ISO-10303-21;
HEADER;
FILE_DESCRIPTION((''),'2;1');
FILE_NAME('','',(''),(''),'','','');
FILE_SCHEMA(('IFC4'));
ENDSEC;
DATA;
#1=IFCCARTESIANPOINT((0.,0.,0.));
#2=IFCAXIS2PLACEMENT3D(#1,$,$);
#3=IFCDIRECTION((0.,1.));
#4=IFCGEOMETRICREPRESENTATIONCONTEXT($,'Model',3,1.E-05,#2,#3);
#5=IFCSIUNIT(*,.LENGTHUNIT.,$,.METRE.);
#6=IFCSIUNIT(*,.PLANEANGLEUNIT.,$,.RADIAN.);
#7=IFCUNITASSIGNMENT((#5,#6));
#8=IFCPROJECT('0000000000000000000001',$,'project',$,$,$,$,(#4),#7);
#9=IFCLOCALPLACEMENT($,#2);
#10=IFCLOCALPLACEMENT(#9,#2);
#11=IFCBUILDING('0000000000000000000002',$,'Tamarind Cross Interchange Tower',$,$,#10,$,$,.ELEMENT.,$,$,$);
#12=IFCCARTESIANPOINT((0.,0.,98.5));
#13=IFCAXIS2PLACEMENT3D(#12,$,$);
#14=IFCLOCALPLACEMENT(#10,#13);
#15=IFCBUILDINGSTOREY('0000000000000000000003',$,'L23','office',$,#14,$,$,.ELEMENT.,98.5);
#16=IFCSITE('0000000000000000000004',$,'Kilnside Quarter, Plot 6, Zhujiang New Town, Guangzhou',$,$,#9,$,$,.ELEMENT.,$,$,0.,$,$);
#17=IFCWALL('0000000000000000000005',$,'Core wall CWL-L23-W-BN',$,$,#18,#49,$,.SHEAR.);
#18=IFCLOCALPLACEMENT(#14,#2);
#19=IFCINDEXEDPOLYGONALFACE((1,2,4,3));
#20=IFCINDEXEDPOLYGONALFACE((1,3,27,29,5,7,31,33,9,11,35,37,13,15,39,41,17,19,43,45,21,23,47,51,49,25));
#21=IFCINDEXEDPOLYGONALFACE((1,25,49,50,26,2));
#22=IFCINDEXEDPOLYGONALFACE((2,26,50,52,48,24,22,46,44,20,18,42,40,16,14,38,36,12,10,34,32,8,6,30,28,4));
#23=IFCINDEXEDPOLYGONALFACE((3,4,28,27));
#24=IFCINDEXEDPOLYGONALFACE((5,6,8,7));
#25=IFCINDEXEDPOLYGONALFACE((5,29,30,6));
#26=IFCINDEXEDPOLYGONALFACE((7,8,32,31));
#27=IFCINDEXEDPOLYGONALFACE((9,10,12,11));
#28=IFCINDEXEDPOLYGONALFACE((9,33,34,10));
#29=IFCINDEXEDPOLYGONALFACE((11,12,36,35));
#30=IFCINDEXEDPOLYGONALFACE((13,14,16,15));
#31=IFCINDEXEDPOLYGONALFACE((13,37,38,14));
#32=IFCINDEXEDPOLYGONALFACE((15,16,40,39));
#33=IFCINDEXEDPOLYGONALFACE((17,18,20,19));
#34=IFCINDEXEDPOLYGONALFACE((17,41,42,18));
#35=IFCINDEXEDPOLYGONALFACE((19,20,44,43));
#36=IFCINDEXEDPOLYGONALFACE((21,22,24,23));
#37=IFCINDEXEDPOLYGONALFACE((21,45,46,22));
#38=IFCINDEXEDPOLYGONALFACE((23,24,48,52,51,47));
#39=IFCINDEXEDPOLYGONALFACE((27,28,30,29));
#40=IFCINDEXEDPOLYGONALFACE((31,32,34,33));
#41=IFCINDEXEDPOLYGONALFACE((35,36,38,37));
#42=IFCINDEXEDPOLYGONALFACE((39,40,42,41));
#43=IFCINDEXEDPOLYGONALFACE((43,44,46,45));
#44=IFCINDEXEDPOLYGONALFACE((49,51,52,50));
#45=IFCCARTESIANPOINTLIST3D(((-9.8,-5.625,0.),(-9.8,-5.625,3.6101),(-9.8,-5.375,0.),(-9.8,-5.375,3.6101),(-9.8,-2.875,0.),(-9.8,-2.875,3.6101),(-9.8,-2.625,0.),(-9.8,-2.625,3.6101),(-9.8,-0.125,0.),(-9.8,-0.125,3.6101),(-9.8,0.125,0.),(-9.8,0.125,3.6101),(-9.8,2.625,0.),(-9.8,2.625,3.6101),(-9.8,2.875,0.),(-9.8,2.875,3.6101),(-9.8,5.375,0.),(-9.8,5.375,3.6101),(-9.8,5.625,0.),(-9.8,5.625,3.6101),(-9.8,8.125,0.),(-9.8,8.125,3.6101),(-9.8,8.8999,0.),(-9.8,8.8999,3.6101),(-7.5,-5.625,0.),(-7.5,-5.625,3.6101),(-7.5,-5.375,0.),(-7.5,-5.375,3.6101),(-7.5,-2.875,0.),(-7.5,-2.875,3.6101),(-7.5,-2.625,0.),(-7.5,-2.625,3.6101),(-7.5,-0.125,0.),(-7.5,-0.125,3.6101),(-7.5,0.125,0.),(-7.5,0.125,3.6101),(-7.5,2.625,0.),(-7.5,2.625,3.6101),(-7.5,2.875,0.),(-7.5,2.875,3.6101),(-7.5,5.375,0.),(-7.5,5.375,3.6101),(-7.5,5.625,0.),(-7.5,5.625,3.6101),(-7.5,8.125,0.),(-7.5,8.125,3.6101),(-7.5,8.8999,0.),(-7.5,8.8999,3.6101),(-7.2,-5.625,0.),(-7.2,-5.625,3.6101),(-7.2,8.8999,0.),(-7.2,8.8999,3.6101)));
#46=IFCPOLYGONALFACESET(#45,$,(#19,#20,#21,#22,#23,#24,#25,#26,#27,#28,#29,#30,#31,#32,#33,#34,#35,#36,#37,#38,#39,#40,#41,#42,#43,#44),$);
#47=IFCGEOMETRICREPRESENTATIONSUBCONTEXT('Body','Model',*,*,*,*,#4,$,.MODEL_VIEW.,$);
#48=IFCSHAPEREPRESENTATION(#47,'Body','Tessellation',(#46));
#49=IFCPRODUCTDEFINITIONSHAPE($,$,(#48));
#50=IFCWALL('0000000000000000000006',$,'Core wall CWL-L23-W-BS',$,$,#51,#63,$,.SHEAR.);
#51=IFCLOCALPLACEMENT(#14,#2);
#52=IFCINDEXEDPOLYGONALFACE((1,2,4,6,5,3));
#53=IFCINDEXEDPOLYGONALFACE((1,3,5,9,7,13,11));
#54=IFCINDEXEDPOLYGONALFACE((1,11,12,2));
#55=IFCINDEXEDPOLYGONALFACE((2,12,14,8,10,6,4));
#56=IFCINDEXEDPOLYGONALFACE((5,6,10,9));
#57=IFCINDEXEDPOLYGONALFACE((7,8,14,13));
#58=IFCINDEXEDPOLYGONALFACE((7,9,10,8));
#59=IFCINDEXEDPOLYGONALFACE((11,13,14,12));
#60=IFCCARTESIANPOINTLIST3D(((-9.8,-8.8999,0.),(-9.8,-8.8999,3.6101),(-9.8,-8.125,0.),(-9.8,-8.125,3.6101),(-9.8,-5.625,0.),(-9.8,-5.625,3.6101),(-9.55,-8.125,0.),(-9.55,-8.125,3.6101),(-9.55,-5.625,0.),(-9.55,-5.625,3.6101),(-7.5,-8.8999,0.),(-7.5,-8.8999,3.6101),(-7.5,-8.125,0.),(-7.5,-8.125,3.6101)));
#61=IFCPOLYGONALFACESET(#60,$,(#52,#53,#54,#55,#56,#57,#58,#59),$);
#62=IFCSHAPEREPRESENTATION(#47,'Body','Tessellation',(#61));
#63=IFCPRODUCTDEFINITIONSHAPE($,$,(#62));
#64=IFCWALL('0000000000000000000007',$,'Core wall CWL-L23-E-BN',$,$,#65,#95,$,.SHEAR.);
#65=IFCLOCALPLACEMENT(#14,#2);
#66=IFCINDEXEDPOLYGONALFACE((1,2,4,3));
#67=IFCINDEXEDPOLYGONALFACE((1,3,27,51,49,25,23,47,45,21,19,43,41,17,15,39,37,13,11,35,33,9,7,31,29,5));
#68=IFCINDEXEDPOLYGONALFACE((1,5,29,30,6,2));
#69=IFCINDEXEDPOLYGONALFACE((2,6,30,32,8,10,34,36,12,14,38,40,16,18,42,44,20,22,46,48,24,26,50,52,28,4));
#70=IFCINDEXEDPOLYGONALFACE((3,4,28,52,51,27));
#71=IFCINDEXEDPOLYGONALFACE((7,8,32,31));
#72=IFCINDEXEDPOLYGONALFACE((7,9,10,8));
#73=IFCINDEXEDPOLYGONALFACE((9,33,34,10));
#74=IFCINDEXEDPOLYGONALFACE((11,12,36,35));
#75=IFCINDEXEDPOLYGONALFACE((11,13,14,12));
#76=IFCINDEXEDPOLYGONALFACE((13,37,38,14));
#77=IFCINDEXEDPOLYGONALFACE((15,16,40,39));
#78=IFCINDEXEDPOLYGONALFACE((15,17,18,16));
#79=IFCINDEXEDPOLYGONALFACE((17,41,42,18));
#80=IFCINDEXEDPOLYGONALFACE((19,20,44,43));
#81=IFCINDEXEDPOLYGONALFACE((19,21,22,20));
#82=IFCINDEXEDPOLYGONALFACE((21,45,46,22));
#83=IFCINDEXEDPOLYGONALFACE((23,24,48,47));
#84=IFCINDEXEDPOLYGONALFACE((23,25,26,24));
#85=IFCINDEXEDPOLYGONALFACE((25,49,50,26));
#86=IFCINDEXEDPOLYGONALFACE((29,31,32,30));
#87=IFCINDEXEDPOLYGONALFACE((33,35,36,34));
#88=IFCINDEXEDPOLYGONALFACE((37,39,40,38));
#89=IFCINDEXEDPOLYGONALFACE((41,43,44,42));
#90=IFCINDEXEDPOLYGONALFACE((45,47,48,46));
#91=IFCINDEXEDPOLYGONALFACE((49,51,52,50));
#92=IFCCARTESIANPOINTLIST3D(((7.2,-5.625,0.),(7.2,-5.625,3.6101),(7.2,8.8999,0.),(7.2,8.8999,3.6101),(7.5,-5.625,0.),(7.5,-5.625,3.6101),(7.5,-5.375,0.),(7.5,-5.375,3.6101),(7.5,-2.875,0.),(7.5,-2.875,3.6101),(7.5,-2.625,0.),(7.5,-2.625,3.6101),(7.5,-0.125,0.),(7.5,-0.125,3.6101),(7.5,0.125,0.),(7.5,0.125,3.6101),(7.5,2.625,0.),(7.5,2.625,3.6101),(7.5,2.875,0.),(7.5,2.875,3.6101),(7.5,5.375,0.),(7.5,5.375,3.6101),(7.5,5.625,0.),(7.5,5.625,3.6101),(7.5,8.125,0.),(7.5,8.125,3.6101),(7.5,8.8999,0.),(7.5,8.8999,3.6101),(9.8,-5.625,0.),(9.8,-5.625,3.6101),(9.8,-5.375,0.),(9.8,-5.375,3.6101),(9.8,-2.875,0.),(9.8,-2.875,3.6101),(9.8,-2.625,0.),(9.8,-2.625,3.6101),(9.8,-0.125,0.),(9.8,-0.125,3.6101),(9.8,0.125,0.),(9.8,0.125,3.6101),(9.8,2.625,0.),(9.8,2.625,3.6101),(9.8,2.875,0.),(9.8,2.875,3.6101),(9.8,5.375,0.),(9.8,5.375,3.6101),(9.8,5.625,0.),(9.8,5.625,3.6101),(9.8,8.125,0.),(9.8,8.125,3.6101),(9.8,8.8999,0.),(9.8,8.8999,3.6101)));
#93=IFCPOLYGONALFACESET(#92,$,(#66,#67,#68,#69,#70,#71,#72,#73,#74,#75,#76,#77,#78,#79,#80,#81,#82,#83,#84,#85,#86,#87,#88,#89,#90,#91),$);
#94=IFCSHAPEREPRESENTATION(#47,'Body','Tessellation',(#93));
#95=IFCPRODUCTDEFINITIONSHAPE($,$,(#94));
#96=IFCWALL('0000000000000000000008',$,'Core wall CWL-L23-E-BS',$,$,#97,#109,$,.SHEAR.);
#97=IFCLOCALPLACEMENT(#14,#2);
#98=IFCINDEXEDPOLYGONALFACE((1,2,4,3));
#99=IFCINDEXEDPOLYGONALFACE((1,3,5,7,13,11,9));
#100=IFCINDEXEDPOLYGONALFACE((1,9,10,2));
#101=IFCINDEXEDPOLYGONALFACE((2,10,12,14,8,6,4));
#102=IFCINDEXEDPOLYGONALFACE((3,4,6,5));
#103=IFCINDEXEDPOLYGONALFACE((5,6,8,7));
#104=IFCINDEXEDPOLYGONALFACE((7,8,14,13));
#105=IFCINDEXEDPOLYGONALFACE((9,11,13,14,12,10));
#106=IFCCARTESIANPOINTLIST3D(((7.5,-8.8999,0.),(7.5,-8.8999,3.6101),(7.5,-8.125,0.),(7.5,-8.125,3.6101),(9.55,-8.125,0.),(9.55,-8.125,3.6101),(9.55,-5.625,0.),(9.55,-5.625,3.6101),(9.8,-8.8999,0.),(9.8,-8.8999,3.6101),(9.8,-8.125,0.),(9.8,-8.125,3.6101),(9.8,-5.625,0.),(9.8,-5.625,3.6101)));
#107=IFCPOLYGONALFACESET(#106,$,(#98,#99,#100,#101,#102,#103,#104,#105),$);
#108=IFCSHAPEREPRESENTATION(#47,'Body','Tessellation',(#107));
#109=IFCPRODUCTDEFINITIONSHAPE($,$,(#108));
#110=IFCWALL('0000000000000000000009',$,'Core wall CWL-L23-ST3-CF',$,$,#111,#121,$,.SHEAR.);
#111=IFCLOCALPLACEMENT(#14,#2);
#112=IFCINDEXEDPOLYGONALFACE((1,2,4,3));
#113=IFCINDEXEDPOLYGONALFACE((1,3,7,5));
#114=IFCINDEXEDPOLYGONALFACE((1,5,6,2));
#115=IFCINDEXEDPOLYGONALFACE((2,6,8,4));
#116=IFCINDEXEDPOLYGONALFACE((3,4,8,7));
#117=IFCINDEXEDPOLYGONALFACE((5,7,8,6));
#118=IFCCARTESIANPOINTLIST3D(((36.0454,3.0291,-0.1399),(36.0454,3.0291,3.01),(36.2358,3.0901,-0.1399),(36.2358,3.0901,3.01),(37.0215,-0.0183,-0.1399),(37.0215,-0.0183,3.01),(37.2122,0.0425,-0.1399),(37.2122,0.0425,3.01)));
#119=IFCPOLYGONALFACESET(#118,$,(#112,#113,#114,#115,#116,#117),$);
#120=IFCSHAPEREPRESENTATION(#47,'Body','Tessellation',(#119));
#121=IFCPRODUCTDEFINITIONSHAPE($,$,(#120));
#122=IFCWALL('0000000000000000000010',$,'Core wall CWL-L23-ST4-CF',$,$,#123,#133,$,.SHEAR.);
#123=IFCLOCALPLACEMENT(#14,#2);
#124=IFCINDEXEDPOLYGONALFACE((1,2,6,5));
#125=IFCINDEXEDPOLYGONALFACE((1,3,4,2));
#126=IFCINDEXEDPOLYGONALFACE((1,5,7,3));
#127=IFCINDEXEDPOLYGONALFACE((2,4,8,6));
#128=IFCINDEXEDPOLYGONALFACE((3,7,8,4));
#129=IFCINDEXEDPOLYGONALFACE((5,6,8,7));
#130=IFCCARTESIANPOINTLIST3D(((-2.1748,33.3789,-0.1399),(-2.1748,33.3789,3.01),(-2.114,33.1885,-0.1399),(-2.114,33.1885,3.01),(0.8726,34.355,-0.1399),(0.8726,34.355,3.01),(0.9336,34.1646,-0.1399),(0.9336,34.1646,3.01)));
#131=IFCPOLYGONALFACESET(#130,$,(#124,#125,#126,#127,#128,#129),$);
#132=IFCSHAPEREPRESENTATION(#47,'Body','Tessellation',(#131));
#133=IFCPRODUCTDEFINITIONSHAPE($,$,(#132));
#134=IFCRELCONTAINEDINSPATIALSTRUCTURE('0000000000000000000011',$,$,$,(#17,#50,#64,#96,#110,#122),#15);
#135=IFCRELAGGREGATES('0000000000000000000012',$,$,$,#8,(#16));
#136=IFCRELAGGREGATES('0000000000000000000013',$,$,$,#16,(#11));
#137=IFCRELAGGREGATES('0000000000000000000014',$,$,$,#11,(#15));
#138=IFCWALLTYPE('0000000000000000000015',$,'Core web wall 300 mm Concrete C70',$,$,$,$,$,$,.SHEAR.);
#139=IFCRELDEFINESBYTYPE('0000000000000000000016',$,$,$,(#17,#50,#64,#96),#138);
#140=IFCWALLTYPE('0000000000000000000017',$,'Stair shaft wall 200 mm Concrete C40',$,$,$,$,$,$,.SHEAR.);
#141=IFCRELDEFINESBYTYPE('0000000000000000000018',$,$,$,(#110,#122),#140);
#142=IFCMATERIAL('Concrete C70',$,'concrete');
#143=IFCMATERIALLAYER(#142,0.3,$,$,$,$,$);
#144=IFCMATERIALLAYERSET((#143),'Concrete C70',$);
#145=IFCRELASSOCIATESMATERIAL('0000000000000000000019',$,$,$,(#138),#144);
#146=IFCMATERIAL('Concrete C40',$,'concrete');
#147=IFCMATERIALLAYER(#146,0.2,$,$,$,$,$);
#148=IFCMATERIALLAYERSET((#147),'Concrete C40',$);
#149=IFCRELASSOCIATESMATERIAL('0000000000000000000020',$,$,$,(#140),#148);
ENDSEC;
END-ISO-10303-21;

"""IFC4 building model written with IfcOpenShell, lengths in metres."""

from ifc_helpers import new_model, si_unit, direction, frame, origin, place, context, subcontext, project, spatial, polyline, outline, extrude, material, layer, layer_set, type_object, element, save


model = new_model("IFC4")

# Units and contexts
model_context = context("Model", 3, precision=1e-05, world=origin(), true_north=direction((0.0, 1.0)))
body_context = subcontext(model_context, "Body", "Model", "MODEL_VIEW")
ifc_project = project(units=[si_unit("LENGTHUNIT", "METRE"), si_unit("PLANEANGLEUNIT", "RADIAN")], contexts=[model_context])

# Site, building, storey
site_placement = place(None, origin())
site = spatial("IfcSite", under=ifc_project, at=site_placement, Name="Kilnside Quarter, Plot 6, Zhujiang New Town, Guangzhou", CompositionType="ELEMENT", RefElevation=0.0)
building_placement = place(site_placement, origin())
building = spatial("IfcBuilding", under=site, at=building_placement, Name="Tamarind Cross Interchange Tower", CompositionType="ELEMENT")
storey_placement = place(building_placement, frame((0.0, 0.0, 98.5)))
storey = spatial("IfcBuildingStorey", under=building, at=storey_placement, Name="L23", Description="office", CompositionType="ELEMENT", Elevation=98.5)

# Shared definitions
ifc_material_1 = material(Name="Concrete C40", Category="concrete")

# Walls
ifc_material_2 = material(Name="Concrete C70", Category="concrete")
ifc_layer_1 = layer(ifc_material_2, 0.3)
ifc_layer_set_1 = layer_set([ifc_layer_1], Name="Concrete C70")
wall_type_1 = type_object("IfcWallType", Name="Core web wall 300 mm Concrete C70", PredefinedType="SHEAR", material=ifc_layer_set_1)
wall_1_placement = place(storey_placement, origin())
element("IfcWall", 1, at=wall_1_placement, inside=storey, type_object=wall_type_1, Name="Core wall CWL-L23-W-BN", PredefinedType="SHEAR", context=body_context, shape_type="SweptSolid", body=[
    extrude(outline(polyline([(-9.8, -5.375), (-9.8, -5.625), (-7.5, -5.625), (-7.2, -5.625), (-7.2, 8.8999), (-7.5, 8.8999), (-9.8, 8.8999), (-9.8, 8.125), (-7.5, 8.125), (-7.5, 5.625), (-9.8, 5.625), (-9.8, 5.375), (-7.5, 5.375), (-7.5, 2.875), (-9.8, 2.875), (-9.8, 2.625), (-7.5, 2.625), (-7.5, 0.125), (-9.8, 0.125), (-9.8, -0.125), (-7.5, -0.125), (-7.5, -2.625), (-9.8, -2.625), (-9.8, -2.875), (-7.5, -2.875), (-7.5, -5.375), (-9.8, -5.375)])), origin(), (0.0, 0.0, 1.0), 3.6101),
])
wall_2_placement = place(storey_placement, origin())
element("IfcWall", 2, at=wall_2_placement, inside=storey, type_object=wall_type_1, Name="Core wall CWL-L23-W-BS", PredefinedType="SHEAR", context=body_context, shape_type="SweptSolid", body=[
    extrude(outline(polyline([(-7.5, -8.125), (-9.55, -8.125), (-9.55, -5.625), (-9.8, -5.625), (-9.8, -8.125), (-9.8, -8.8999), (-7.5, -8.8999), (-7.5, -8.125)])), origin(), (0.0, 0.0, 1.0), 3.6101),
])
wall_3_placement = place(storey_placement, origin())
element("IfcWall", 3, at=wall_3_placement, inside=storey, type_object=wall_type_1, Name="Core wall CWL-L23-E-BN", PredefinedType="SHEAR", context=body_context, shape_type="SweptSolid", body=[
    extrude(outline(polyline([(9.8, -5.375), (7.5, -5.375), (7.5, -2.875), (9.8, -2.875), (9.8, -2.625), (7.5, -2.625), (7.5, -0.125), (9.8, -0.125), (9.8, 0.125), (7.5, 0.125), (7.5, 2.625), (9.8, 2.625), (9.8, 2.875), (7.5, 2.875), (7.5, 5.375), (9.8, 5.375), (9.8, 5.625), (7.5, 5.625), (7.5, 8.125), (9.8, 8.125), (9.8, 8.8999), (7.5, 8.8999), (7.2, 8.8999), (7.2, -5.625), (7.5, -5.625), (9.8, -5.625), (9.8, -5.375)])), origin(), (0.0, 0.0, 1.0), 3.6101),
])
wall_4_placement = place(storey_placement, origin())
element("IfcWall", 4, at=wall_4_placement, inside=storey, type_object=wall_type_1, Name="Core wall CWL-L23-E-BS", PredefinedType="SHEAR", context=body_context, shape_type="SweptSolid", body=[
    extrude(outline(polyline([(7.5, -8.125), (7.5, -8.8999), (9.8, -8.8999), (9.8, -8.125), (9.8, -5.625), (9.55, -5.625), (9.55, -8.125), (7.5, -8.125)])), origin(), (0.0, 0.0, 1.0), 3.6101),
])
ifc_layer_2 = layer(ifc_material_1, 0.2)
ifc_layer_set_2 = layer_set([ifc_layer_2], Name="Concrete C40")
wall_type_2 = type_object("IfcWallType", Name="Stair shaft wall 200 mm Concrete C40", PredefinedType="SHEAR", material=ifc_layer_set_2)
wall_5_placement = place(storey_placement, frame((0.0, 0.0, -0.1399)))
element("IfcWall", 5, at=wall_5_placement, inside=storey, type_object=wall_type_2, Name="Core wall CWL-L23-ST3-CF", PredefinedType="SHEAR", context=body_context, shape_type="SweptSolid", body=[
    extrude(outline(polyline([(37.0215, -0.0183), (37.2122, 0.0425), (36.2358, 3.0901), (36.0454, 3.0291), (37.0215, -0.0183)])), origin(), (0.0, 0.0, 1.0), 3.1499),
])
wall_6_placement = place(storey_placement, frame((0.0, 0.0, -0.1399)))
element("IfcWall", 6, at=wall_6_placement, inside=storey, type_object=wall_type_2, Name="Core wall CWL-L23-ST4-CF", PredefinedType="SHEAR", context=body_context, shape_type="SweptSolid", body=[
    extrude(outline(polyline([(0.9336, 34.1646), (0.8726, 34.355), (-2.1748, 33.3789), (-2.114, 33.1885), (0.9336, 34.1646)])), origin(), (0.0, 0.0, 1.0), 3.1499),
])

save(model, "model.ifc")
